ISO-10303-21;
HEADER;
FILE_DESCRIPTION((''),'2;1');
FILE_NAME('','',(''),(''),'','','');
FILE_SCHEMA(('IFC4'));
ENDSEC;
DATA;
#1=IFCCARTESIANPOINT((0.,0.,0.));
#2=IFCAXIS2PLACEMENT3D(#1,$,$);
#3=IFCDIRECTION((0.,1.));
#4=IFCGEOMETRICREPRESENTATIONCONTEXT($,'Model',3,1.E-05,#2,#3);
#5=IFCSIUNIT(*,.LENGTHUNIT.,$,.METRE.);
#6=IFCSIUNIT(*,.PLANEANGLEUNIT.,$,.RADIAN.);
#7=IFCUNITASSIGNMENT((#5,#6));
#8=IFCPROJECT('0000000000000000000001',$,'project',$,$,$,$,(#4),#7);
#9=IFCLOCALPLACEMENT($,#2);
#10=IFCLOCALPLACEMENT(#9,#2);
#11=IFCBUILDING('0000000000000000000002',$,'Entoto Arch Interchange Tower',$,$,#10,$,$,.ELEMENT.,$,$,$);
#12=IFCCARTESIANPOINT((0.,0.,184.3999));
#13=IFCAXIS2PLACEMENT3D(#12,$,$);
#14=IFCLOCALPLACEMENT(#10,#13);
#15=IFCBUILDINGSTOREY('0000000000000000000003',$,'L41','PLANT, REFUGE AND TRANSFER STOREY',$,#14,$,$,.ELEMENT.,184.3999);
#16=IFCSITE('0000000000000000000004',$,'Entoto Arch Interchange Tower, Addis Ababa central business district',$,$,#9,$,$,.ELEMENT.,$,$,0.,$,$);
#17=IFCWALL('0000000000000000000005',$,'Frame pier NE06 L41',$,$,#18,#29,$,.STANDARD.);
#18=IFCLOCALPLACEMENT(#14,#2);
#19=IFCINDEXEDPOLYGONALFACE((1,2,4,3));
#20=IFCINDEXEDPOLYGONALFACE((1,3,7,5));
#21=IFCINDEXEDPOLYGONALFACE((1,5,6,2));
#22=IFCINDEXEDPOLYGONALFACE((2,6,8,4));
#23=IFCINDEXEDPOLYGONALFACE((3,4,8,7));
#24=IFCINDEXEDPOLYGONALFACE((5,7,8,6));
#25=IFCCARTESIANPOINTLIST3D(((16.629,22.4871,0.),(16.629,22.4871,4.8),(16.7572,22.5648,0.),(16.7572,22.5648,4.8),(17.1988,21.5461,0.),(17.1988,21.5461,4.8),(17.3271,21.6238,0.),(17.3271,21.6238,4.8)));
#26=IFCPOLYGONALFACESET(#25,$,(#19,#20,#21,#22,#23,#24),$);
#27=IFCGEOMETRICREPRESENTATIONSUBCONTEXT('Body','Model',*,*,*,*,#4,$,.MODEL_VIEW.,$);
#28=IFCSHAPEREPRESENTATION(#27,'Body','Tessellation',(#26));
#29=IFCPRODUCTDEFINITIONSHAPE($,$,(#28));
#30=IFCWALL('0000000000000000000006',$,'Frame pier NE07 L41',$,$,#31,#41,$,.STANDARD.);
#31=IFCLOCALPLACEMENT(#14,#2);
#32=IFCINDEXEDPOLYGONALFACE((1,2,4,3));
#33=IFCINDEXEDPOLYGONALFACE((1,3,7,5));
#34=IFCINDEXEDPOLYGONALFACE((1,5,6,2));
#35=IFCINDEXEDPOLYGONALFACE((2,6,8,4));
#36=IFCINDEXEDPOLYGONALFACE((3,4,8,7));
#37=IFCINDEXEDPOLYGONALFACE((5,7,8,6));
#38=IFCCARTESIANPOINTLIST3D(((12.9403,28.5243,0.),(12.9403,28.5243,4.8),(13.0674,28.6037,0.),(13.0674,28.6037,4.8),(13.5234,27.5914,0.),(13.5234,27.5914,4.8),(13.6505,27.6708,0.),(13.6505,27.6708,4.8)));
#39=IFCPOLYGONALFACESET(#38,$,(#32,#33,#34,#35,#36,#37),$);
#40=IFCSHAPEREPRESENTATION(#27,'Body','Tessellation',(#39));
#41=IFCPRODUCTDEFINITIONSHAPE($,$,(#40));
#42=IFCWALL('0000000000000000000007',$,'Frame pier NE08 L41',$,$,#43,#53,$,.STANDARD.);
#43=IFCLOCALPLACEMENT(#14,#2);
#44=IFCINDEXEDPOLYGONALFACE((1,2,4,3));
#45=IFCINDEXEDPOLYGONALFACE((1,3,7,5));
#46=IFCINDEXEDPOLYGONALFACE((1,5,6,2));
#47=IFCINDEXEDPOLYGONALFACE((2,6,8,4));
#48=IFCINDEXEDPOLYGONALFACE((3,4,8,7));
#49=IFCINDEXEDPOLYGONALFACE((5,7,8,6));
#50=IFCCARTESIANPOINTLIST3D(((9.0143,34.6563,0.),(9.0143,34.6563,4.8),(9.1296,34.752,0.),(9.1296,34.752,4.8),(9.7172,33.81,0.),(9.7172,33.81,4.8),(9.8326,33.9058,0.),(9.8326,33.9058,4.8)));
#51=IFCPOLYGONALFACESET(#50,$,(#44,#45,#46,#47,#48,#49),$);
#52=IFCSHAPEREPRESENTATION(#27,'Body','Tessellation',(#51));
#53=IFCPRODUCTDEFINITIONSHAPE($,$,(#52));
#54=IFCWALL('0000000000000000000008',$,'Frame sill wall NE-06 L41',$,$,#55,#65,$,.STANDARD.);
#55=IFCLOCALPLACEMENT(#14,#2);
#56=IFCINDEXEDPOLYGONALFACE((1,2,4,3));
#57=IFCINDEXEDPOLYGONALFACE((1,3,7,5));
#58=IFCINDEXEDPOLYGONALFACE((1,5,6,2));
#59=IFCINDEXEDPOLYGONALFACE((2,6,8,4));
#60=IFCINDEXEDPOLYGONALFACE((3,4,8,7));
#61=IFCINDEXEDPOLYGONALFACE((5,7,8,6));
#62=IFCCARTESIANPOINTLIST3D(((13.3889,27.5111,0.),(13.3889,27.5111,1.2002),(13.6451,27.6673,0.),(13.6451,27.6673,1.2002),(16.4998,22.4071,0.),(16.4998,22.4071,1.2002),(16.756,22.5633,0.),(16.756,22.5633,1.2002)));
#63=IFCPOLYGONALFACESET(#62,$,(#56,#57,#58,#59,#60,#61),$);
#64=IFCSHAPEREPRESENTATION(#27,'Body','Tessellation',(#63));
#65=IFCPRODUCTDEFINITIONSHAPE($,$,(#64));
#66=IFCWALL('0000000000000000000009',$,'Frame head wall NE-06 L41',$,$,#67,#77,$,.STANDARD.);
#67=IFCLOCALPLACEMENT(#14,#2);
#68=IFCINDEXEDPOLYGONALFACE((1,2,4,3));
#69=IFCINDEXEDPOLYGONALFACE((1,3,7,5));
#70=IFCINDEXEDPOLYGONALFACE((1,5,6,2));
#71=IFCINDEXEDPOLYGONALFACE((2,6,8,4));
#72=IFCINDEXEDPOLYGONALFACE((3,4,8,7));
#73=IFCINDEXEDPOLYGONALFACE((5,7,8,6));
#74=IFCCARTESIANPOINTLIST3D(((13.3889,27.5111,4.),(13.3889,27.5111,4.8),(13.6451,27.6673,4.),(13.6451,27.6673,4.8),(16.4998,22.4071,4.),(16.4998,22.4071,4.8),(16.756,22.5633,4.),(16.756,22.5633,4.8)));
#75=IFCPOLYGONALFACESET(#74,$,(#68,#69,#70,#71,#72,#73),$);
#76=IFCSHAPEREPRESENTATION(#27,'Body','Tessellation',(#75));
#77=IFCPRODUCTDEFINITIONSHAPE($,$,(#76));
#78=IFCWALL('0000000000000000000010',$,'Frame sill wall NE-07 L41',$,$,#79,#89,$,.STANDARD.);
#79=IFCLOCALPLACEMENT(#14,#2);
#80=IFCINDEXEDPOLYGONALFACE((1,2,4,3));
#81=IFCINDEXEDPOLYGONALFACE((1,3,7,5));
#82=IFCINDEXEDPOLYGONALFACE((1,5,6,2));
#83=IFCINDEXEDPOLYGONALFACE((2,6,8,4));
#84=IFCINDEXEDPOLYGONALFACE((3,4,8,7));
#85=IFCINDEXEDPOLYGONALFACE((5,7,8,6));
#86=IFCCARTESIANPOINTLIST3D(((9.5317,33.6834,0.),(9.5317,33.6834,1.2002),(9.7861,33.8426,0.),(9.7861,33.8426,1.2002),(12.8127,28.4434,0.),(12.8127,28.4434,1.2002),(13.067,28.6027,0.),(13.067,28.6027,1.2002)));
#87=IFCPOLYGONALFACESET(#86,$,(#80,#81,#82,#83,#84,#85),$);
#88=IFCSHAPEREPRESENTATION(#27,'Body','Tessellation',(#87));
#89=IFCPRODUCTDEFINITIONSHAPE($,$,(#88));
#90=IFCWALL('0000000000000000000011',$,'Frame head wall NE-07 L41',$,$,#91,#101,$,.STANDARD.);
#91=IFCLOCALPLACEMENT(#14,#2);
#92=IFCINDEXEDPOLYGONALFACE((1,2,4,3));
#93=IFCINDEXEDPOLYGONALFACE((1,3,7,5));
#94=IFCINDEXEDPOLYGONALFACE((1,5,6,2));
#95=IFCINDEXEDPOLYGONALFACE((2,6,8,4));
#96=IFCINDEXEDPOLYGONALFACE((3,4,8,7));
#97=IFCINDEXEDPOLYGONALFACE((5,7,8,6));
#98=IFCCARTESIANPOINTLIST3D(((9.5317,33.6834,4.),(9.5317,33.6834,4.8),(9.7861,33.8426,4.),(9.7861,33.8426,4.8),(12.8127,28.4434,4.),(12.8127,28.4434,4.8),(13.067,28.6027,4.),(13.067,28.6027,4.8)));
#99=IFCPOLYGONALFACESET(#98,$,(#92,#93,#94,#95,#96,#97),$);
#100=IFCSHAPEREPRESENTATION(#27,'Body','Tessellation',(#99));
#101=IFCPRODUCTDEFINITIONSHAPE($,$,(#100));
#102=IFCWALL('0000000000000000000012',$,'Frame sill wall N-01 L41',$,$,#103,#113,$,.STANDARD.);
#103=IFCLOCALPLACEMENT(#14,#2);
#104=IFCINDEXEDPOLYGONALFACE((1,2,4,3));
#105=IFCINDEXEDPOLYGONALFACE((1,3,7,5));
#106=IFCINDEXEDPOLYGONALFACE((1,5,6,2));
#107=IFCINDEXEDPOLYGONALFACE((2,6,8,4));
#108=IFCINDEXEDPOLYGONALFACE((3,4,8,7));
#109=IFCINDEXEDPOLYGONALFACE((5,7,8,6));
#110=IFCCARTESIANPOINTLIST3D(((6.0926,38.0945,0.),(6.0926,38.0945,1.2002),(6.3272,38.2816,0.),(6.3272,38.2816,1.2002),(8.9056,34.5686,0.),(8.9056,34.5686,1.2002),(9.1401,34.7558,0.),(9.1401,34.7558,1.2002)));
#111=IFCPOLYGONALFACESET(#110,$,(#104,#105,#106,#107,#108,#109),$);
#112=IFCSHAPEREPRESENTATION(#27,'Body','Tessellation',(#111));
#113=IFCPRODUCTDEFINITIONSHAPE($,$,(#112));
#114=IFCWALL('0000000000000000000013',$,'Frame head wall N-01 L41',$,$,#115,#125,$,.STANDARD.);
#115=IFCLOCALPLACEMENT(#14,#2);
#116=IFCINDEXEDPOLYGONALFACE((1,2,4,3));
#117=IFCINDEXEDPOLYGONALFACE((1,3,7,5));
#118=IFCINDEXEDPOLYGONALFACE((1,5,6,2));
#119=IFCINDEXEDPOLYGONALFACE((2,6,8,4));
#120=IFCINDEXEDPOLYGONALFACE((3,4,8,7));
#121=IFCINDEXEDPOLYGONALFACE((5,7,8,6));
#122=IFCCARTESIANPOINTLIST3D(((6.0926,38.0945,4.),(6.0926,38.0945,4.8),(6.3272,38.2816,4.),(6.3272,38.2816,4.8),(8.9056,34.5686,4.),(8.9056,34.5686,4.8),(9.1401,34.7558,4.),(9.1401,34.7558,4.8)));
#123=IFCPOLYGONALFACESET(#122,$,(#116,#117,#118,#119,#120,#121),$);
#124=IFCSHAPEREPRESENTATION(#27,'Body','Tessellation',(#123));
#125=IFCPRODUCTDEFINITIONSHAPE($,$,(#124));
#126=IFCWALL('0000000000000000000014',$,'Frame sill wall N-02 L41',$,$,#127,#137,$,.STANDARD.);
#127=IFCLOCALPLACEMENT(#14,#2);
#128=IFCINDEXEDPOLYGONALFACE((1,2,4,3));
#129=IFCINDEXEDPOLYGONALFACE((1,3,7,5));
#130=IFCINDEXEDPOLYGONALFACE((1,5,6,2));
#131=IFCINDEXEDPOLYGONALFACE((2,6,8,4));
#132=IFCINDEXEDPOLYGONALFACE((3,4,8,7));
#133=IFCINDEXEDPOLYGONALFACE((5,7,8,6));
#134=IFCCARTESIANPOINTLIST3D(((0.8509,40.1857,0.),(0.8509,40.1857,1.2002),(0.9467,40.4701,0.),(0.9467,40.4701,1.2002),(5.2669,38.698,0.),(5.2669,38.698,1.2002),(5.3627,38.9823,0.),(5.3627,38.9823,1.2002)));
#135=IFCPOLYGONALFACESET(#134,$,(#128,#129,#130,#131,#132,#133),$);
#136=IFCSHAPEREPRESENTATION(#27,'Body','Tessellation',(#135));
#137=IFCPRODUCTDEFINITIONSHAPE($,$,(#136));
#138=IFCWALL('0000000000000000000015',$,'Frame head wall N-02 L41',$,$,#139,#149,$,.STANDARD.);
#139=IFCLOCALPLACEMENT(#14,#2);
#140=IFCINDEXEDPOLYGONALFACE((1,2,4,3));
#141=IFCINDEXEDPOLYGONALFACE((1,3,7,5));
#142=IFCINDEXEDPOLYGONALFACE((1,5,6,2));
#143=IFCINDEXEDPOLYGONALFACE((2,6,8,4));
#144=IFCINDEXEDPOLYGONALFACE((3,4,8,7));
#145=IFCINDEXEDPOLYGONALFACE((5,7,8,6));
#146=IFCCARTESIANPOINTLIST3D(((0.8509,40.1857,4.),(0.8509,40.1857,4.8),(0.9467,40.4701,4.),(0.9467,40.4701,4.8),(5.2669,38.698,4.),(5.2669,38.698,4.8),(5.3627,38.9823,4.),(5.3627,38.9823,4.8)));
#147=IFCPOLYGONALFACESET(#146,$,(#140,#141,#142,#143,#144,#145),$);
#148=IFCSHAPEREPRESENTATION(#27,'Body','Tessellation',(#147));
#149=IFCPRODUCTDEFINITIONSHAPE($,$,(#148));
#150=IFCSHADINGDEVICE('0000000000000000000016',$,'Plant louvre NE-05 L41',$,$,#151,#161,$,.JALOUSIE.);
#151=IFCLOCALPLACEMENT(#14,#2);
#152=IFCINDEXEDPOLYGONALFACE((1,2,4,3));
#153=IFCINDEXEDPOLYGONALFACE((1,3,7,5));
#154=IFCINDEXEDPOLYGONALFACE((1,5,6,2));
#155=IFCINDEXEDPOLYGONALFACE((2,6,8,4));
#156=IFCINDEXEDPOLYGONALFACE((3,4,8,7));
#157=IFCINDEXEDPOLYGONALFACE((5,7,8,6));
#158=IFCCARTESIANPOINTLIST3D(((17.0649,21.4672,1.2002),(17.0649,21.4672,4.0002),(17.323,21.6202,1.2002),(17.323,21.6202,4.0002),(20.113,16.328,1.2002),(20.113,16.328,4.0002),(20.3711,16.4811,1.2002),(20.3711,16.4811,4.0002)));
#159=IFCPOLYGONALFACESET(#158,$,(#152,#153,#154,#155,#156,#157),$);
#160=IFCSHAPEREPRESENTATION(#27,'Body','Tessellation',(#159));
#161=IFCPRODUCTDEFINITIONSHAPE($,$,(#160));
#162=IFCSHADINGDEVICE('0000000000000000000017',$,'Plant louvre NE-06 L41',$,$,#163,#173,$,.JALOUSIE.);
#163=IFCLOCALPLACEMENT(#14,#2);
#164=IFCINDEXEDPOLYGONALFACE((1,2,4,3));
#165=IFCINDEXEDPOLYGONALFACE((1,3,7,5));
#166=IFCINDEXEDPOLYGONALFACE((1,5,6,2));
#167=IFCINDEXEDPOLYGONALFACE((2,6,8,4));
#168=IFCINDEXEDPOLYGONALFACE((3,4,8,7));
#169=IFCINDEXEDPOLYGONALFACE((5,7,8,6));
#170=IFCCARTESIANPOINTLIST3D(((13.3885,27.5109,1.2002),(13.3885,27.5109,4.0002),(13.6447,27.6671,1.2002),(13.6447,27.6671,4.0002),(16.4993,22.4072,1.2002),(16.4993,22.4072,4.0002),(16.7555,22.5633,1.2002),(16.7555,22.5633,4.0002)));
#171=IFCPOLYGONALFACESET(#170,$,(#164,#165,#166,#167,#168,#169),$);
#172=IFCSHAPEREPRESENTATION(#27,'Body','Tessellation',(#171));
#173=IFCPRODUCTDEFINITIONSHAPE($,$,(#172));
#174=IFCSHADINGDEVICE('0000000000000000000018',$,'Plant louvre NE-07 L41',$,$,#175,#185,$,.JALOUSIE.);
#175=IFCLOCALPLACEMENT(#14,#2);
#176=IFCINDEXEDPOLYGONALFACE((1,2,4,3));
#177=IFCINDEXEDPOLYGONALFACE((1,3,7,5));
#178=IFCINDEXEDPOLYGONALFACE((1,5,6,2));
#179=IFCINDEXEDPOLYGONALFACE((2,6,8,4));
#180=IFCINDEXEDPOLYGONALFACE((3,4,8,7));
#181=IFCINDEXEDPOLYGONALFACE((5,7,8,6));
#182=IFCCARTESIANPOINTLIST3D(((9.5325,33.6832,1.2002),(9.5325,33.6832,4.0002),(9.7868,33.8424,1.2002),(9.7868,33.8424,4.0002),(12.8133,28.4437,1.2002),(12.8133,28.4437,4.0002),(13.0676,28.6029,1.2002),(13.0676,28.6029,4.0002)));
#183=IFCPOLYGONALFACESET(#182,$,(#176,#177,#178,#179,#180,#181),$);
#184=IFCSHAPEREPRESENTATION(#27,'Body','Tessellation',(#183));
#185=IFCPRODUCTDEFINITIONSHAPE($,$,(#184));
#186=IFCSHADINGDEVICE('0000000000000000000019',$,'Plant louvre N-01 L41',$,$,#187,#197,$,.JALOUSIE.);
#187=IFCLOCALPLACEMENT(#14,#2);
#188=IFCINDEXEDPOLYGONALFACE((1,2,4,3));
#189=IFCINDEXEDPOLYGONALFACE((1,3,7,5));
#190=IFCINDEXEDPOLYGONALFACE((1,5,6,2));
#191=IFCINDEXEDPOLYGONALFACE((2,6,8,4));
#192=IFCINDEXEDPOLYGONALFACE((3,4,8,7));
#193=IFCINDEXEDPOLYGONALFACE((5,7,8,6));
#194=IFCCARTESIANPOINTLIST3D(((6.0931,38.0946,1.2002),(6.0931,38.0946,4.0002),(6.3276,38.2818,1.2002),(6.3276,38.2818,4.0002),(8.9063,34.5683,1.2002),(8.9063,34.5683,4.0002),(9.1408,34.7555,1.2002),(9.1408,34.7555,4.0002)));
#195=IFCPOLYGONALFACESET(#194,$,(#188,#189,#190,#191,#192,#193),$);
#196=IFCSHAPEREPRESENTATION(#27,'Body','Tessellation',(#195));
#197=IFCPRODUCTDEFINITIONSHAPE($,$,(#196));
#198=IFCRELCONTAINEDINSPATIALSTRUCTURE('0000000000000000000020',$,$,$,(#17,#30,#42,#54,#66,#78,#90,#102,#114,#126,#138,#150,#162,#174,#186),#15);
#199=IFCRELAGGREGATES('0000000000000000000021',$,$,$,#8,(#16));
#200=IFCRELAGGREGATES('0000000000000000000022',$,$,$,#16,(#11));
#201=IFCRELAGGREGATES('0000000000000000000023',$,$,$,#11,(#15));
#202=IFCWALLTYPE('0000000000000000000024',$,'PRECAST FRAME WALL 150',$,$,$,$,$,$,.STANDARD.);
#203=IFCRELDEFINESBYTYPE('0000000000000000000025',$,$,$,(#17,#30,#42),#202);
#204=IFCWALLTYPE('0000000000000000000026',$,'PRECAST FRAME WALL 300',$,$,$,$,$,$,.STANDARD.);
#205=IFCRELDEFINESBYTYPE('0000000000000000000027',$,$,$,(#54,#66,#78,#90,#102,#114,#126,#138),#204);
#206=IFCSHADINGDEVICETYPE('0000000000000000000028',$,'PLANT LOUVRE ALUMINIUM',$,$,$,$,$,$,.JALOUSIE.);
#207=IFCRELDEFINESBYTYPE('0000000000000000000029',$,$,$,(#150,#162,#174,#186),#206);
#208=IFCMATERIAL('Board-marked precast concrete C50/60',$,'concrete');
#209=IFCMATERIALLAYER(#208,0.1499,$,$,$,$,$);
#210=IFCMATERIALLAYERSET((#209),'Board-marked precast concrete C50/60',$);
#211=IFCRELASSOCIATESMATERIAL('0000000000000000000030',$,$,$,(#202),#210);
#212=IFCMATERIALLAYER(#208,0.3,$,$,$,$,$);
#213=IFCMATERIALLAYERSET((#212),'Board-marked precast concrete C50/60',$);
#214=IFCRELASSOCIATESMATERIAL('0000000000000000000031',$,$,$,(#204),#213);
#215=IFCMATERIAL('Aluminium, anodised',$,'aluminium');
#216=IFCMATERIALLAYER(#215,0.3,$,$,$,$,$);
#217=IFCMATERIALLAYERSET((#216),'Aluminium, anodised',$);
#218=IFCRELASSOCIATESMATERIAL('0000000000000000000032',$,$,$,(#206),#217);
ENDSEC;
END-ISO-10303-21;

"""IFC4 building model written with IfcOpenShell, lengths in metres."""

from ifc_helpers import new_model, si_unit, direction, frame, frame_2d, origin, origin_2d, place, context, subcontext, project, spatial, rectangle, extrude, material, layer, layer_set, type_object, element, save


model = new_model("IFC4")

# Units and contexts
model_context = context("Model", 3, precision=1e-05, world=origin(), true_north=direction((0.0, 1.0)))
body_context = subcontext(model_context, "Body", "Model", "MODEL_VIEW")
ifc_project = project(units=[si_unit("LENGTHUNIT", "METRE"), si_unit("PLANEANGLEUNIT", "RADIAN")], contexts=[model_context])

# Site, building, storey
site_placement = place(None, origin())
site = spatial("IfcSite", under=ifc_project, at=site_placement, Name="Entoto Arch Interchange Tower, Addis Ababa central business district", CompositionType="ELEMENT", RefElevation=0.0)
building_placement = place(site_placement, origin())
building = spatial("IfcBuilding", under=site, at=building_placement, Name="Entoto Arch Interchange Tower", CompositionType="ELEMENT")
storey_placement = place(building_placement, frame((0.0, 0.0, 184.3999)))
storey = spatial("IfcBuildingStorey", under=building, at=storey_placement, Name="L41", Description="PLANT, REFUGE AND TRANSFER STOREY", CompositionType="ELEMENT", Elevation=184.3999)

# Walls
ifc_material_1 = material(Name="Board-marked precast concrete C50/60", Category="concrete")
ifc_layer_1 = layer(ifc_material_1, 0.1499)
ifc_layer_set_1 = layer_set([ifc_layer_1], Name="Board-marked precast concrete C50/60")
wall_type_1 = type_object("IfcWallType", Name="PRECAST FRAME WALL 150", PredefinedType="STANDARD", material=ifc_layer_set_1)
for number, where, z_axis, x_axis, name in (
    (1, (17.2629, 21.585, 0.0), (0.0, 0.0, 1.0), (-0.518016, 0.855371, 0.0), "Frame pier NE06 L41"),
    (2, (13.5869, 27.6311, 0.0), (0.0, 0.0, 1.0), (-0.529979, 0.848011, 0.0), "Frame pier NE07 L41"),
    (3, (9.7749, 33.8579, 0.0), (0.0, 0.0, 1.0), (-0.638961, 0.769239, 0.0), "Frame pier NE08 L41"),
):
    element("IfcWall", number, at=place(storey_placement, frame(where, z_axis=z_axis, x_axis=x_axis)), inside=storey, type_object=wall_type_1, Name=name, PredefinedType="STANDARD", context=body_context, shape_type="SweptSolid", body=[
        extrude(rectangle(XDim=1.1001, YDim=0.1499, at=frame_2d((0.55, 0.0))), origin(), (0.0, 0.0, 1.0), 4.8),
    ])
ifc_layer_2 = layer(ifc_material_1, 0.3)
ifc_layer_set_2 = layer_set([ifc_layer_2], Name="Board-marked precast concrete C50/60")
wall_type_2 = type_object("IfcWallType", Name="PRECAST FRAME WALL 300", PredefinedType="STANDARD", material=ifc_layer_set_2)
wall_1_placement = place(storey_placement, frame((16.6279, 22.4851, 0.0), z_axis=(0.0, 0.0, 1.0), x_axis=(-0.520442, 0.853897, 0.0)))
element("IfcWall", 4, at=wall_1_placement, inside=storey, type_object=wall_type_2, Name="Frame sill wall NE-06 L41", PredefinedType="STANDARD", context=body_context, shape_type="SweptSolid", body=[
    extrude(rectangle(XDim=5.9773, YDim=0.3, at=frame_2d((2.9888, 0.0))), origin(), (0.0, 0.0, 1.0), 1.2002),
])
wall_2_placement = place(storey_placement, frame((16.6279, 22.4851, 4.0), z_axis=(0.0, 0.0, 1.0), x_axis=(-0.520442, 0.853897, 0.0)))
element("IfcWall", 5, at=wall_2_placement, inside=storey, type_object=wall_type_2, Name="Frame head wall NE-06 L41", PredefinedType="STANDARD", context=body_context, shape_type="SweptSolid", body=[
    extrude(rectangle(XDim=5.9773, YDim=0.3, at=frame_2d((2.9888, 0.0))), origin(), (0.0, 0.0, 1.0), 0.8),
])
wall_3_placement = place(storey_placement, frame((12.9399, 28.5229, 0.0), z_axis=(0.0, 0.0, 1.0), x_axis=(-0.530698, 0.847561, 0.0)))
element("IfcWall", 6, at=wall_3_placement, inside=storey, type_object=wall_type_2, Name="Frame sill wall NE-07 L41", PredefinedType="STANDARD", context=body_context, shape_type="SweptSolid", body=[
    extrude(rectangle(XDim=6.1824, YDim=0.3, at=frame_2d((3.0913, 0.0))), origin(), (0.0, 0.0, 1.0), 1.2002),
])
wall_4_placement = place(storey_placement, frame((12.9399, 28.5229, 4.0), z_axis=(0.0, 0.0, 1.0), x_axis=(-0.530698, 0.847561, 0.0)))
element("IfcWall", 7, at=wall_4_placement, inside=storey, type_object=wall_type_2, Name="Frame head wall NE-07 L41", PredefinedType="STANDARD", context=body_context, shape_type="SweptSolid", body=[
    extrude(rectangle(XDim=6.1824, YDim=0.3, at=frame_2d((3.0913, 0.0))), origin(), (0.0, 0.0, 1.0), 0.8),
])
wall_5_placement = place(storey_placement, frame((9.0229, 34.6621, 0.0), z_axis=(0.0, 0.0, 1.0), x_axis=(-0.623652, 0.781702, 0.0)))
element("IfcWall", 8, at=wall_5_placement, inside=storey, type_object=wall_type_2, Name="Frame sill wall N-01 L41", PredefinedType="STANDARD", context=body_context, shape_type="SweptSolid", body=[
    extrude(rectangle(XDim=4.5105, YDim=0.3, at=frame_2d((2.2554, 0.0))), origin(), (0.0, 0.0, 1.0), 1.2002),
])
wall_6_placement = place(storey_placement, frame((9.0229, 34.6621, 4.0), z_axis=(0.0, 0.0, 1.0), x_axis=(-0.623652, 0.781702, 0.0)))
element("IfcWall", 9, at=wall_6_placement, inside=storey, type_object=wall_type_2, Name="Frame head wall N-01 L41", PredefinedType="STANDARD", context=body_context, shape_type="SweptSolid", body=[
    extrude(rectangle(XDim=4.5105, YDim=0.3, at=frame_2d((2.2554, 0.0))), origin(), (0.0, 0.0, 1.0), 0.8),
])
wall_7_placement = place(storey_placement, frame((5.3149, 38.8401, 0.0), z_axis=(0.0, 0.0, 1.0), x_axis=(-0.947662, 0.319275, 0.0)))
element("IfcWall", 10, at=wall_7_placement, inside=storey, type_object=wall_type_2, Name="Frame sill wall N-02 L41", PredefinedType="STANDARD", context=body_context, shape_type="SweptSolid", body=[
    extrude(rectangle(XDim=4.6599, YDim=0.3, at=frame_2d((2.3301, 0.0))), origin(), (0.0, 0.0, 1.0), 1.2002),
])
wall_8_placement = place(storey_placement, frame((5.3149, 38.8401, 4.0), z_axis=(0.0, 0.0, 1.0), x_axis=(-0.947662, 0.319275, 0.0)))
element("IfcWall", 11, at=wall_8_placement, inside=storey, type_object=wall_type_2, Name="Frame head wall N-02 L41", PredefinedType="STANDARD", context=body_context, shape_type="SweptSolid", body=[
    extrude(rectangle(XDim=4.6599, YDim=0.3, at=frame_2d((2.3301, 0.0))), origin(), (0.0, 0.0, 1.0), 0.8),
])

# Shading devices
ifc_material_2 = material(Name="Aluminium, anodised", Category="aluminium")
ifc_layer_3 = layer(ifc_material_2, 0.3)
ifc_layer_set_3 = layer_set([ifc_layer_3], Name="Aluminium, anodised")
shading_device_type = type_object("IfcShadingDeviceType", Name="PLANT LOUVRE ALUMINIUM", PredefinedType="JALOUSIE", material=ifc_layer_set_3)
shading_device_1_placement = place(storey_placement, frame((18.718, 18.9741, 1.2002), z_axis=(0.0, 0.0, 1.0), x_axis=(-0.510138, 0.860093, 0.0)))
element("IfcShadingDevice", 12, at=shading_device_1_placement, inside=storey, type_object=shading_device_type, Name="Plant louvre NE-05 L41", PredefinedType="JALOUSIE", context=body_context, shape_type="SweptSolid", body=[
    extrude(rectangle(XDim=5.9751, YDim=0.3, at=origin_2d()), origin(), (0.0, 0.0, 1.0), 2.8),
])
shading_device_2_placement = place(storey_placement, frame((15.072, 25.0371, 1.2002), z_axis=(0.0, 0.0, 1.0), x_axis=(-0.520458, 0.853887, 0.0)))
element("IfcShadingDevice", 13, at=shading_device_2_placement, inside=storey, type_object=shading_device_type, Name="Plant louvre NE-06 L41", PredefinedType="JALOUSIE", context=body_context, shape_type="SweptSolid", body=[
    extrude(rectangle(XDim=5.9771, YDim=0.3, at=origin_2d()), origin(), (0.0, 0.0, 1.0), 2.8),
])
shading_device_3_placement = place(storey_placement, frame((11.3, 31.1431, 1.2002), z_axis=(0.0, 0.0, 1.0), x_axis=(-0.530704, 0.847558, 0.0)))
element("IfcShadingDevice", 14, at=shading_device_3_placement, inside=storey, type_object=shading_device_type, Name="Plant louvre NE-07 L41", PredefinedType="JALOUSIE", context=body_context, shape_type="SweptSolid", body=[
    extrude(rectangle(XDim=6.1819, YDim=0.3, at=origin_2d()), origin(), (0.0, 0.0, 1.0), 2.8),
])
shading_device_4_placement = place(storey_placement, frame((7.6169, 36.425, 1.2002), z_axis=(0.0, 0.0, 1.0), x_axis=(-0.623634, 0.781716, 0.0)))
element("IfcShadingDevice", 15, at=shading_device_4_placement, inside=storey, type_object=shading_device_type, Name="Plant louvre N-01 L41", PredefinedType="JALOUSIE", context=body_context, shape_type="SweptSolid", body=[
    extrude(rectangle(XDim=4.511, YDim=0.3, at=origin_2d()), origin(), (0.0, 0.0, 1.0), 2.8),
])

save(model, "model.ifc")
